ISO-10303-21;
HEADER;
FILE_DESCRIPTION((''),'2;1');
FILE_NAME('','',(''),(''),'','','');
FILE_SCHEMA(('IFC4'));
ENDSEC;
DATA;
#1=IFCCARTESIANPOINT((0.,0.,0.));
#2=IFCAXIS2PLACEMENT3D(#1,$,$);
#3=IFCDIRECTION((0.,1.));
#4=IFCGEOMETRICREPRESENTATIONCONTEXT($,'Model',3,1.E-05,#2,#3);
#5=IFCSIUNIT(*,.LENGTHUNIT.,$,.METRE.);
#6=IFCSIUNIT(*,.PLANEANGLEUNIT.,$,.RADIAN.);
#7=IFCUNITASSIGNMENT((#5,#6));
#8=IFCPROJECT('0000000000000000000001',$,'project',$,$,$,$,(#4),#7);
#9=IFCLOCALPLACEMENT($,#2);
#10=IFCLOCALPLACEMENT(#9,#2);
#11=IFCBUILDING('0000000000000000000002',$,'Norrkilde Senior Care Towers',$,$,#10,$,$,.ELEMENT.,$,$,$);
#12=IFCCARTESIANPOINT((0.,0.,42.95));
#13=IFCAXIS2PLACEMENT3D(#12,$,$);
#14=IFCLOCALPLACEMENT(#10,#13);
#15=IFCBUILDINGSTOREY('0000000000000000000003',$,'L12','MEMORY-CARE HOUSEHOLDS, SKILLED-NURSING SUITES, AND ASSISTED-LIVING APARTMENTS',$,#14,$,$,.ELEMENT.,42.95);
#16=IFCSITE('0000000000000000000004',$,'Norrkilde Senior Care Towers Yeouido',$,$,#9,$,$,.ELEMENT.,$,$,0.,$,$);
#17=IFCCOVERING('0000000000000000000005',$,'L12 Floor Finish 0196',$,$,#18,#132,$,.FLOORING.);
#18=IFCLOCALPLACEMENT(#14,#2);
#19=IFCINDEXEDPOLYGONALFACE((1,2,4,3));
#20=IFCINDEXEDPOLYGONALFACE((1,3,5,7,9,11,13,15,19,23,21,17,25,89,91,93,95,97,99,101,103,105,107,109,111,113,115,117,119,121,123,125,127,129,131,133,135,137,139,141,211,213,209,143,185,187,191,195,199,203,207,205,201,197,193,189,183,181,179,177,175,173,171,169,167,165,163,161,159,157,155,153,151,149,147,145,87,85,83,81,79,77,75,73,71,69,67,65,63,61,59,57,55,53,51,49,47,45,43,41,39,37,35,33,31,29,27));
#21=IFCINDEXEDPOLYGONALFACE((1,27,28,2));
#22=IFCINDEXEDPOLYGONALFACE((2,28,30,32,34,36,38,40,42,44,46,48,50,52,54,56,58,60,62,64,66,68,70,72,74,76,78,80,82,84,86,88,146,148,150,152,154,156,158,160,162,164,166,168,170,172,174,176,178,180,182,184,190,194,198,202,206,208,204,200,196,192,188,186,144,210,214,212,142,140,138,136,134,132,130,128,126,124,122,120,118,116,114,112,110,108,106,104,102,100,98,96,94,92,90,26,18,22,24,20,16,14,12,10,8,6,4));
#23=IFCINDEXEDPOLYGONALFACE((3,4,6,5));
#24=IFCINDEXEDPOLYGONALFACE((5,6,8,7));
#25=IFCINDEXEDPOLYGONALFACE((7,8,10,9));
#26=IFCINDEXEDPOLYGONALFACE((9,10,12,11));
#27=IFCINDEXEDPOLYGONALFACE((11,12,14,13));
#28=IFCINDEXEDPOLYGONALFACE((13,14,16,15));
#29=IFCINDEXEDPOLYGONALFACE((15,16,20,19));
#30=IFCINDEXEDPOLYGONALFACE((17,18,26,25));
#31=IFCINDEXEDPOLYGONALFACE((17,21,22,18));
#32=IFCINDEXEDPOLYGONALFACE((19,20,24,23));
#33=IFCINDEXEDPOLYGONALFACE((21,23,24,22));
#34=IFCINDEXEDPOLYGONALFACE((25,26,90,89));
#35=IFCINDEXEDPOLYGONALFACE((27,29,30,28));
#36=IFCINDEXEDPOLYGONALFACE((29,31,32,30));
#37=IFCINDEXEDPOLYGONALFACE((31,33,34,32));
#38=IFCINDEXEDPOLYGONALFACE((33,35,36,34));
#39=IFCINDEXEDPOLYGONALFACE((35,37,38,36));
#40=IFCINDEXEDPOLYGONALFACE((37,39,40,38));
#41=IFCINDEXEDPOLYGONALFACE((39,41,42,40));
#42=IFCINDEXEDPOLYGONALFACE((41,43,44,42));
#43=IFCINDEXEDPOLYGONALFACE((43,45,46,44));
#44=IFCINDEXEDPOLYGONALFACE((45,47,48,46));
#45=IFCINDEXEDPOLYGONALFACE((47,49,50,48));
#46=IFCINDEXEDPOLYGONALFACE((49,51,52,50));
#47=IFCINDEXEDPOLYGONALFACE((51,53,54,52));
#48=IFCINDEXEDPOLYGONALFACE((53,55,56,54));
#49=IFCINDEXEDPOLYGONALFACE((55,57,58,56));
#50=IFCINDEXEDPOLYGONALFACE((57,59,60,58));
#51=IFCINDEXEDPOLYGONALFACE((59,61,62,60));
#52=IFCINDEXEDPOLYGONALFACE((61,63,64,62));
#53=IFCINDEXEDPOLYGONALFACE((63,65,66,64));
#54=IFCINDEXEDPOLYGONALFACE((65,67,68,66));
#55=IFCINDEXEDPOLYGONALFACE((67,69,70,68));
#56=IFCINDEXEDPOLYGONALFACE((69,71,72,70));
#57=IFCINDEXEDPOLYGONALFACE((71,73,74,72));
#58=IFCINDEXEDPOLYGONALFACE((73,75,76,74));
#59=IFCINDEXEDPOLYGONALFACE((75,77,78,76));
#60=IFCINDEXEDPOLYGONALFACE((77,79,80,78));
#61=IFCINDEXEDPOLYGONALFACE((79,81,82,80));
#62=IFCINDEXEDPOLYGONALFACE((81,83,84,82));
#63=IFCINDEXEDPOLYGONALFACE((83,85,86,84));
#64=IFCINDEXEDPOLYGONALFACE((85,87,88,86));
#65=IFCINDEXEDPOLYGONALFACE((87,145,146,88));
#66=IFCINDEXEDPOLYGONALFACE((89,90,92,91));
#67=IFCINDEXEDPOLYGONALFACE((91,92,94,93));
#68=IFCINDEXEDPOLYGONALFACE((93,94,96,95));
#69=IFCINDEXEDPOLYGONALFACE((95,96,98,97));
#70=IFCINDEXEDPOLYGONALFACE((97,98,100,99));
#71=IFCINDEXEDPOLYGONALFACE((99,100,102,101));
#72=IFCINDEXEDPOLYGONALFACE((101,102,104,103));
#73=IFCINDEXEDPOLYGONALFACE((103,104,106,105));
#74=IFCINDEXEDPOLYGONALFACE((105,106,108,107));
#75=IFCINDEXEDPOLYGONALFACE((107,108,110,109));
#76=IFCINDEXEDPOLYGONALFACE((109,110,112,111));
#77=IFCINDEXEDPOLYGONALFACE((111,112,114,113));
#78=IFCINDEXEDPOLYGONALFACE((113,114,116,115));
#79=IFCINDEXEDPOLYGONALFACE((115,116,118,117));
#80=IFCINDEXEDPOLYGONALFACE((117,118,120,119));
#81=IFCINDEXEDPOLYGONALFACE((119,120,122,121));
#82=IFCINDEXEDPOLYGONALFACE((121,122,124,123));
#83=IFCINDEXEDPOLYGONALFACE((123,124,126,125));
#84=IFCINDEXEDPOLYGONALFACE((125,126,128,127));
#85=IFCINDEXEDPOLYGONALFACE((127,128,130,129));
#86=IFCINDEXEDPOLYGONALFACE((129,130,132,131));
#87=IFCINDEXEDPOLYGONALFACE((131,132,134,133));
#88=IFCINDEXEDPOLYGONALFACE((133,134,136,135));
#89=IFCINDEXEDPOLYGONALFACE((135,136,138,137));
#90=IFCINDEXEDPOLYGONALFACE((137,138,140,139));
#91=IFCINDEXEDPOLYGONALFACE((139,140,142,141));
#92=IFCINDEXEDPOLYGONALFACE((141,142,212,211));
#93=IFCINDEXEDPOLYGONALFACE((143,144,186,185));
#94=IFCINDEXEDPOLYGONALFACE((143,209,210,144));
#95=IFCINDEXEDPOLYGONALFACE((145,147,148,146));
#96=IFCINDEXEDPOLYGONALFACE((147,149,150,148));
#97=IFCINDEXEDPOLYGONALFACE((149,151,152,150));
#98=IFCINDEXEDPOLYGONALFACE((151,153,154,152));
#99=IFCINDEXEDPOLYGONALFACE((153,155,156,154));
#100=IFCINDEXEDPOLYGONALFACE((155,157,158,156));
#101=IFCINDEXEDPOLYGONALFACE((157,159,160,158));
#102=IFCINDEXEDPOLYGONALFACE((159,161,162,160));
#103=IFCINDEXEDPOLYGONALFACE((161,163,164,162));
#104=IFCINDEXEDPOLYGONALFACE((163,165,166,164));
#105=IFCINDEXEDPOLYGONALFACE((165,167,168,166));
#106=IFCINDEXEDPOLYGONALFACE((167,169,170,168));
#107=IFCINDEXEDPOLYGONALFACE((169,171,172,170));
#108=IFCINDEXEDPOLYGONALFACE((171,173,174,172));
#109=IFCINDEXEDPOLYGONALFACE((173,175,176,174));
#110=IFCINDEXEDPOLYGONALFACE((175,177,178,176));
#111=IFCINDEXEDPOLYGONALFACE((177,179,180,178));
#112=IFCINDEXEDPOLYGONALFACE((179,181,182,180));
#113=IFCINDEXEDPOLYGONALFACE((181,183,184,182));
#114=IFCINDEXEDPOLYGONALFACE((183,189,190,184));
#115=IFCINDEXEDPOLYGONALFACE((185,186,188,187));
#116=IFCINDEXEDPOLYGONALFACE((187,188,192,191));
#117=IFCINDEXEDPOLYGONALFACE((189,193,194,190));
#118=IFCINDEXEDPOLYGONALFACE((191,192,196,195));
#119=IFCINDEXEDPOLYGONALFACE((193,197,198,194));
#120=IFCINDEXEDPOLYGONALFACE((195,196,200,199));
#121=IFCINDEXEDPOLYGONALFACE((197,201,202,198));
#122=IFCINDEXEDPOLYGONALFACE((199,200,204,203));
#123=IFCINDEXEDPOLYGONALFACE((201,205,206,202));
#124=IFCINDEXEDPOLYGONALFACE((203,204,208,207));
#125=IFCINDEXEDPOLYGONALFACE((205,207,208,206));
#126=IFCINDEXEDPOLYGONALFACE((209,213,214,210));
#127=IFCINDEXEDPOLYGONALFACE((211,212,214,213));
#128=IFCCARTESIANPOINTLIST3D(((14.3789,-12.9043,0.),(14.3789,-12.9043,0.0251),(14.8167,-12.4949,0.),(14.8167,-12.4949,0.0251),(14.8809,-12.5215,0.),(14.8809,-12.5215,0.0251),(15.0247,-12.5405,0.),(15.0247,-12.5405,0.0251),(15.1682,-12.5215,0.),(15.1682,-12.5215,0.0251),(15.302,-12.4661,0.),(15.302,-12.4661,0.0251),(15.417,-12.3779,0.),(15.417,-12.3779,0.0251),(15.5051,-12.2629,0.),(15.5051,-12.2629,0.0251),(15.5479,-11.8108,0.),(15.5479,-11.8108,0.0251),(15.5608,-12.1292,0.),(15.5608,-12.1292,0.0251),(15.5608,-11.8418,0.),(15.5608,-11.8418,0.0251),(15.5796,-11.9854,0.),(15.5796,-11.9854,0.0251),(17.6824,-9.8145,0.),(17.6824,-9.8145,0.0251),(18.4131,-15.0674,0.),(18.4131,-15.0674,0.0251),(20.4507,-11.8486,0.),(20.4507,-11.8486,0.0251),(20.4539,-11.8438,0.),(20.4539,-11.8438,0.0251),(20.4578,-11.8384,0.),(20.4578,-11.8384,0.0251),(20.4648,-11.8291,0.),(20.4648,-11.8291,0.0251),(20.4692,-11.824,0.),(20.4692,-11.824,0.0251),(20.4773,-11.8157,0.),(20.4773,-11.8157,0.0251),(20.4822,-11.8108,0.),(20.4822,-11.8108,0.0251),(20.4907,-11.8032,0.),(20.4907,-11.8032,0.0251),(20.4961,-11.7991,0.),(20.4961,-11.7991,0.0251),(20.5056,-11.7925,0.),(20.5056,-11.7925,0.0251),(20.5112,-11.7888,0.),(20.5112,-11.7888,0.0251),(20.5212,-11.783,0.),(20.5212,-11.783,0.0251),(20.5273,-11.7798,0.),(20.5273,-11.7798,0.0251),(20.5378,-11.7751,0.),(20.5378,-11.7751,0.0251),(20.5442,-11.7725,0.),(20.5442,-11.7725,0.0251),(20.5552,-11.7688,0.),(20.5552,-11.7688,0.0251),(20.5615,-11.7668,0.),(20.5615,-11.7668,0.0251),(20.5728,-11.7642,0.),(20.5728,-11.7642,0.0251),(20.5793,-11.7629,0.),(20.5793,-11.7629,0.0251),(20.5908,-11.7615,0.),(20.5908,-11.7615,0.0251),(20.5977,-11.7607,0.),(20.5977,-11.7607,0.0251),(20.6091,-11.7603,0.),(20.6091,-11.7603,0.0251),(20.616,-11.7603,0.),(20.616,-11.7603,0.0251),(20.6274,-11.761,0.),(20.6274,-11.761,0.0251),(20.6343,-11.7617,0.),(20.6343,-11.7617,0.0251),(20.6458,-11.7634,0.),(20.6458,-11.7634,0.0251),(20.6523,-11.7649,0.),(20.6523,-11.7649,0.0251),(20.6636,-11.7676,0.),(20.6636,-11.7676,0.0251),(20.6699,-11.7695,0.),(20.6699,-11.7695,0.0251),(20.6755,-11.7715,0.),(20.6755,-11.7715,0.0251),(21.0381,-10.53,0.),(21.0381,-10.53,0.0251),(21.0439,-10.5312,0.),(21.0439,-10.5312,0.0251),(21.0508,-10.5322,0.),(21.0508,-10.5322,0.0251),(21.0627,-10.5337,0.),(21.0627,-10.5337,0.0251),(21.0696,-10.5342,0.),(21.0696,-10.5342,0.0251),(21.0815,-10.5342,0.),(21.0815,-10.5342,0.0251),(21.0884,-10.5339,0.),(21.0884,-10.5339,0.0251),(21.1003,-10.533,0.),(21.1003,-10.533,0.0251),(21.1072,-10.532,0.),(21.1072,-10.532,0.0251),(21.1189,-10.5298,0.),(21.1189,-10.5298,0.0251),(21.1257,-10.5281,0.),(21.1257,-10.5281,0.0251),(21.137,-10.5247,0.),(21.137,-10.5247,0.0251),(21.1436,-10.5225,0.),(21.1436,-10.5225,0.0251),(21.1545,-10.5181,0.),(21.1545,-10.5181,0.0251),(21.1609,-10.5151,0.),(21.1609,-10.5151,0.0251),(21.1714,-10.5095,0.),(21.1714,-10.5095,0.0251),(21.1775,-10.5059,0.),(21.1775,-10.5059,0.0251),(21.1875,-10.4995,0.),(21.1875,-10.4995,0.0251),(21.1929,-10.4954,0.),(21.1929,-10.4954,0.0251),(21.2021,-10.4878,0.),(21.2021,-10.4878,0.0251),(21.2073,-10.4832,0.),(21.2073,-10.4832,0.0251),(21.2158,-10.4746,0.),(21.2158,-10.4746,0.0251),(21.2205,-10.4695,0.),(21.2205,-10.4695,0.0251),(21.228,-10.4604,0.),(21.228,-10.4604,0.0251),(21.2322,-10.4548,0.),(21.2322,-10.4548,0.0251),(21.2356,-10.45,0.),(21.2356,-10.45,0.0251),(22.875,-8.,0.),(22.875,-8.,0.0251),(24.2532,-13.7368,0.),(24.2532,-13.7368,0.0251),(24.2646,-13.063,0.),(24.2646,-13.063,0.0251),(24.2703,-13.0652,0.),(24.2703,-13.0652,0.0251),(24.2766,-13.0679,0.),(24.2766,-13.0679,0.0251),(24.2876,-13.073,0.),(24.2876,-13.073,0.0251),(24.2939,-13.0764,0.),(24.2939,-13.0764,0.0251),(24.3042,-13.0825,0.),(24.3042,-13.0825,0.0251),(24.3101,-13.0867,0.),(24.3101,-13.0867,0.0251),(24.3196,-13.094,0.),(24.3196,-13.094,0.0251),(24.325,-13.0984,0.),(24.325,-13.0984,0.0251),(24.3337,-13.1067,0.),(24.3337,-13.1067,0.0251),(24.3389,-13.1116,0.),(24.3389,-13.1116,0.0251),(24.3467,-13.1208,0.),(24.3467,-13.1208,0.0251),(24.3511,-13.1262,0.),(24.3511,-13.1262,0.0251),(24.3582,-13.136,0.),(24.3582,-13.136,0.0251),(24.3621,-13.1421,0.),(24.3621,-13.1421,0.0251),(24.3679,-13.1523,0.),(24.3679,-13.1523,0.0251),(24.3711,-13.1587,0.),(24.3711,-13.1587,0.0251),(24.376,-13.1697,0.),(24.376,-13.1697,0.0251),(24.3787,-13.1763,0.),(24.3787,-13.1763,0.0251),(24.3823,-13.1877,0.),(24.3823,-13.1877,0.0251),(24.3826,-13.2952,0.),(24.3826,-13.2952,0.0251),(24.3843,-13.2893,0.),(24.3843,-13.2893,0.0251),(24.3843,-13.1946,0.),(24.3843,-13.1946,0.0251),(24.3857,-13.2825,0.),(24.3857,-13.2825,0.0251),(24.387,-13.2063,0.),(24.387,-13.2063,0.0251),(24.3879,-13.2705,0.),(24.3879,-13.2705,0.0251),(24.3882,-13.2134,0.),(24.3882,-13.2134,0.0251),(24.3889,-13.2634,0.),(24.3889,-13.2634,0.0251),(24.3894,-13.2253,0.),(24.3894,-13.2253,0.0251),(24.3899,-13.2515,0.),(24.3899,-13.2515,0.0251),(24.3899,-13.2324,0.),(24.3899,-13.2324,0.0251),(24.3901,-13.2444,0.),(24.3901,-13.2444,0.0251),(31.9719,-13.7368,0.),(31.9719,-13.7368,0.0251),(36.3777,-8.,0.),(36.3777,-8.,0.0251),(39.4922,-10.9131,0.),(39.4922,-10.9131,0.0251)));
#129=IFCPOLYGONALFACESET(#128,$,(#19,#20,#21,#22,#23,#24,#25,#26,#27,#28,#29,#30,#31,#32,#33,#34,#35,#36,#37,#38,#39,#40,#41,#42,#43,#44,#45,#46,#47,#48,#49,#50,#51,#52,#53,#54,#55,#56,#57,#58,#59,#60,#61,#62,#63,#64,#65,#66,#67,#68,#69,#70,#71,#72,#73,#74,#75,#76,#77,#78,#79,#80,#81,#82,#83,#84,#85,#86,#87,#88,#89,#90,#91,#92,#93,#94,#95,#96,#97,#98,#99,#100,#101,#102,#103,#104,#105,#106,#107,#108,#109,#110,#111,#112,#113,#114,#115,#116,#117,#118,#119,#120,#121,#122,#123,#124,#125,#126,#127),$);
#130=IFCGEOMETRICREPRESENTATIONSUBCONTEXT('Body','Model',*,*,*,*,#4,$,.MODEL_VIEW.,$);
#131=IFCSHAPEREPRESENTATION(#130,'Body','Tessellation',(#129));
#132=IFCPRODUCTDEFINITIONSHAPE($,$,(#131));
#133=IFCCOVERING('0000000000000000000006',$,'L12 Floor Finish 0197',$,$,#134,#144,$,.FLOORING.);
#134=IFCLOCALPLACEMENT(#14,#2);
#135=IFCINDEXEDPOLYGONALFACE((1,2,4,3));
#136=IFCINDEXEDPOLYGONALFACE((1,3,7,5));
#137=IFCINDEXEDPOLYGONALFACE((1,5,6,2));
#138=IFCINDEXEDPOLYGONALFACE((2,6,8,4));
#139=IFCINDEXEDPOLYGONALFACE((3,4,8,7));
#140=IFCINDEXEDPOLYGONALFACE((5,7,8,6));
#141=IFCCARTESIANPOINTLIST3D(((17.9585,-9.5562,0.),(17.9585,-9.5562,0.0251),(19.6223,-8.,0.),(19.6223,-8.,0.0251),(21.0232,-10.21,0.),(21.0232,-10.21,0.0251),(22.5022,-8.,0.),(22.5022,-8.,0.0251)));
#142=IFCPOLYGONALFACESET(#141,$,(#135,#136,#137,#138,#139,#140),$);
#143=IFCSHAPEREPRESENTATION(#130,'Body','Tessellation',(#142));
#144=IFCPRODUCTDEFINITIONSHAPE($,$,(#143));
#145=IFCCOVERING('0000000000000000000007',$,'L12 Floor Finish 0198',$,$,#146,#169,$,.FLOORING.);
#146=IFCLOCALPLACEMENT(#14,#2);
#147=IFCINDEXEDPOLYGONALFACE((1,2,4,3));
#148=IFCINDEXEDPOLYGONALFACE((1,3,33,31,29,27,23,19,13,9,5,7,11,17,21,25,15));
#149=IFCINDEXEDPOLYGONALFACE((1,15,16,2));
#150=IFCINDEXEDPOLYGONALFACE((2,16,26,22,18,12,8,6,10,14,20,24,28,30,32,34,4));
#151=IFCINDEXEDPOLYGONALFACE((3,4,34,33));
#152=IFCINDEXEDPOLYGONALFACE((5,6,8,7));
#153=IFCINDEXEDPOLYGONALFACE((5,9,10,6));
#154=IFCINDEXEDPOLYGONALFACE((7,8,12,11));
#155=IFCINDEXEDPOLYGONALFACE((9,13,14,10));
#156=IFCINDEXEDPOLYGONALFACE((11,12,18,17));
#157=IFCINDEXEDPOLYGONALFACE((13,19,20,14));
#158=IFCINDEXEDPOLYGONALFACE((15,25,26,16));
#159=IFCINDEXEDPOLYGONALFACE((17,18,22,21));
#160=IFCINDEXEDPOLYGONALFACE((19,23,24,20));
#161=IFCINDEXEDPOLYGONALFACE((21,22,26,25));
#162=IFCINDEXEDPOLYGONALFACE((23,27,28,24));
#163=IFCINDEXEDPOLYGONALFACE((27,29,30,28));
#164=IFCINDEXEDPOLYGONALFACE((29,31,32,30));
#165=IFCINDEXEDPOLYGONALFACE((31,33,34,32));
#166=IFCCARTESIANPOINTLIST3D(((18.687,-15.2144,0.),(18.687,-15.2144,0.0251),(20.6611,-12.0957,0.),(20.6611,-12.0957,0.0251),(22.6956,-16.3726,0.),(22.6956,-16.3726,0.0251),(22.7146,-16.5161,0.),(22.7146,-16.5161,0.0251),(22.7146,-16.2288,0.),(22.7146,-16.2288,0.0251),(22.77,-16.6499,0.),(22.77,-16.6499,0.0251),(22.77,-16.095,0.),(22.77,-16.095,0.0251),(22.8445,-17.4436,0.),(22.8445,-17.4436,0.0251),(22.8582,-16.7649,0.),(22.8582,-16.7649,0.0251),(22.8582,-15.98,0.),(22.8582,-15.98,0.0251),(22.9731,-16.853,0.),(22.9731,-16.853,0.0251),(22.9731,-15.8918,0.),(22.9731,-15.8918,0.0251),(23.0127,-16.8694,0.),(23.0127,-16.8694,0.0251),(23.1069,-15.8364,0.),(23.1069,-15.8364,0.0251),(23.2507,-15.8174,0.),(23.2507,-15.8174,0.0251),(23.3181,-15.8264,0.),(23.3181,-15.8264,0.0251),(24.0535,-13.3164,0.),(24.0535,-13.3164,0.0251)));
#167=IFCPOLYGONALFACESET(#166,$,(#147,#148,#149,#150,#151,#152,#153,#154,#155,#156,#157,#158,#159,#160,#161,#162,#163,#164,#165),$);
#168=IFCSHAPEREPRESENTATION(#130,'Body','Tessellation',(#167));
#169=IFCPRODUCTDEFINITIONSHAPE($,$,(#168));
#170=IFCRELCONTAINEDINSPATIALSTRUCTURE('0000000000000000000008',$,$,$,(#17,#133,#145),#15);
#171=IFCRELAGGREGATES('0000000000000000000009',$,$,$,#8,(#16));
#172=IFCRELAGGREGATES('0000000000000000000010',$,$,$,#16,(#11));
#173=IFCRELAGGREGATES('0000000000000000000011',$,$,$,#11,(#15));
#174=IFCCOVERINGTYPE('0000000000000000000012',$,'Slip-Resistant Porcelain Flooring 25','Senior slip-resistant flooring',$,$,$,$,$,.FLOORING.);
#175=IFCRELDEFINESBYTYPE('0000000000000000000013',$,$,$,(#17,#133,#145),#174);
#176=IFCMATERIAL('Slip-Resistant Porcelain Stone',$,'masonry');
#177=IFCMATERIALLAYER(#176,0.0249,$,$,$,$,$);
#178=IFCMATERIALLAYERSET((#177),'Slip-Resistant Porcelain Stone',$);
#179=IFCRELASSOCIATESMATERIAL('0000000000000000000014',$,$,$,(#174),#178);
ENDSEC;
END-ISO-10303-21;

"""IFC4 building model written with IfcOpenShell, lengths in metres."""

from ifc_helpers import new_model, si_unit, direction, frame, origin, place, context, subcontext, project, spatial, polyline, outline, extrude, material, layer, layer_set, type_object, element, save


model = new_model("IFC4")

# Units and contexts
model_context = context("Model", 3, precision=1e-05, world=origin(), true_north=direction((0.0, 1.0)))
body_context = subcontext(model_context, "Body", "Model", "MODEL_VIEW")
ifc_project = project(units=[si_unit("LENGTHUNIT", "METRE"), si_unit("PLANEANGLEUNIT", "RADIAN")], contexts=[model_context])

# Site, building, storey
site_placement = place(None, origin())
site = spatial("IfcSite", under=ifc_project, at=site_placement, Name="Norrkilde Senior Care Towers Yeouido", CompositionType="ELEMENT", RefElevation=0.0)
building_placement = place(site_placement, origin())
building = spatial("IfcBuilding", under=site, at=building_placement, Name="Norrkilde Senior Care Towers", CompositionType="ELEMENT")
storey_placement = place(building_placement, frame((0.0, 0.0, 42.95)))
storey = spatial("IfcBuildingStorey", under=building, at=storey_placement, Name="L12", Description="MEMORY-CARE HOUSEHOLDS, SKILLED-NURSING SUITES, AND ASSISTED-LIVING APARTMENTS", CompositionType="ELEMENT", Elevation=42.95)

# Coverings
ifc_material_1 = material(Name="Slip-Resistant Porcelain Stone", Category="masonry")
ifc_layer_1 = layer(ifc_material_1, 0.0249)
ifc_layer_set_1 = layer_set([ifc_layer_1], Name="Slip-Resistant Porcelain Stone")
covering_type_1 = type_object("IfcCoveringType", Name="Slip-Resistant Porcelain Flooring 25", Description="Senior slip-resistant flooring", PredefinedType="FLOORING", material=ifc_layer_set_1)
covering_1_placement = place(storey_placement, origin())
element("IfcCovering", 1, at=covering_1_placement, inside=storey, type_object=covering_type_1, Name="L12 Floor Finish 0196", PredefinedType="FLOORING", context=body_context, shape_type="SweptSolid", body=[
    extrude(outline(polyline([(21.0815, -10.5342), (21.0884, -10.5339), (21.1003, -10.533), (21.1072, -10.532), (21.1189, -10.5298), (21.1257, -10.5281), (21.137, -10.5247), (21.1436, -10.5225), (21.1545, -10.5181), (21.1609, -10.5151), (21.1714, -10.5095), (21.1775, -10.5059), (21.1875, -10.4995), (21.1929, -10.4954), (21.2021, -10.4878), (21.2073, -10.4832), (21.2158, -10.4746), (21.2205, -10.4695), (21.228, -10.4604), (21.2322, -10.4548), (21.2356, -10.45), (22.875, -8.0), (36.3777, -8.0), (39.4922, -10.9131), (31.9719, -13.7368), (24.2532, -13.7368), (24.3826, -13.2952), (24.3843, -13.2893), (24.3857, -13.2825), (24.3879, -13.2705), (24.3889, -13.2634), (24.3899, -13.2515), (24.3901, -13.2444), (24.3899, -13.2324), (24.3894, -13.2253), (24.3882, -13.2134), (24.387, -13.2063), (24.3843, -13.1946), (24.3823, -13.1877), (24.3787, -13.1763), (24.376, -13.1697), (24.3711, -13.1587), (24.3679, -13.1523), (24.3621, -13.1421), (24.3582, -13.136), (24.3511, -13.1262), (24.3467, -13.1208), (24.3389, -13.1116), (24.3337, -13.1067), (24.325, -13.0984), (24.3196, -13.094), (24.3101, -13.0867), (24.3042, -13.0825), (24.2939, -13.0764), (24.2876, -13.073), (24.2766, -13.0679), (24.2703, -13.0652), (24.2646, -13.063), (20.6755, -11.7715), (20.6699, -11.7695), (20.6636, -11.7676), (20.6523, -11.7649), (20.6458, -11.7634), (20.6343, -11.7617), (20.6274, -11.761), (20.616, -11.7603), (20.6091, -11.7603), (20.5977, -11.7607), (20.5908, -11.7615), (20.5793, -11.7629), (20.5728, -11.7642), (20.5615, -11.7668), (20.5552, -11.7688), (20.5442, -11.7725), (20.5378, -11.7751), (20.5273, -11.7798), (20.5212, -11.783), (20.5112, -11.7888), (20.5056, -11.7925), (20.4961, -11.7991), (20.4907, -11.8032), (20.4822, -11.8108), (20.4773, -11.8157), (20.4692, -11.824), (20.4648, -11.8291), (20.4578, -11.8384), (20.4539, -11.8438), (20.4507, -11.8486), (18.4131, -15.0674), (14.3789, -12.9043), (14.8167, -12.4949), (14.8809, -12.5215), (15.0247, -12.5405), (15.1682, -12.5215), (15.302, -12.4661), (15.417, -12.3779), (15.5051, -12.2629), (15.5608, -12.1292), (15.5796, -11.9854), (15.5608, -11.8418), (15.5479, -11.8108), (17.6824, -9.8145), (21.0381, -10.53), (21.0439, -10.5312), (21.0508, -10.5322), (21.0627, -10.5337), (21.0696, -10.5342), (21.0815, -10.5342)])), origin(), (0.0, 0.0, 1.0), 0.0251),
])
covering_2_placement = place(storey_placement, origin())
element("IfcCovering", 2, at=covering_2_placement, inside=storey, type_object=covering_type_1, Name="L12 Floor Finish 0197", PredefinedType="FLOORING", context=body_context, shape_type="SweptSolid", body=[
    extrude(outline(polyline([(17.9585, -9.5562), (19.6223, -8.0), (22.5022, -8.0), (21.0232, -10.21), (17.9585, -9.5562)])), origin(), (0.0, 0.0, 1.0), 0.0251),
])
covering_3_placement = place(storey_placement, origin())
element("IfcCovering", 3, at=covering_3_placement, inside=storey, type_object=covering_type_1, Name="L12 Floor Finish 0198", PredefinedType="FLOORING", context=body_context, shape_type="SweptSolid", body=[
    extrude(outline(polyline([(23.3181, -15.8264), (23.2507, -15.8174), (23.1069, -15.8364), (22.9731, -15.8918), (22.8582, -15.98), (22.77, -16.095), (22.7146, -16.2288), (22.6956, -16.3726), (22.7146, -16.5161), (22.77, -16.6499), (22.8582, -16.7649), (22.9731, -16.853), (23.0127, -16.8694), (22.8445, -17.4436), (18.687, -15.2144), (20.6611, -12.0957), (24.0535, -13.3164), (23.3181, -15.8264)])), origin(), (0.0, 0.0, 1.0), 0.0251),
])

save(model, "model.ifc")
